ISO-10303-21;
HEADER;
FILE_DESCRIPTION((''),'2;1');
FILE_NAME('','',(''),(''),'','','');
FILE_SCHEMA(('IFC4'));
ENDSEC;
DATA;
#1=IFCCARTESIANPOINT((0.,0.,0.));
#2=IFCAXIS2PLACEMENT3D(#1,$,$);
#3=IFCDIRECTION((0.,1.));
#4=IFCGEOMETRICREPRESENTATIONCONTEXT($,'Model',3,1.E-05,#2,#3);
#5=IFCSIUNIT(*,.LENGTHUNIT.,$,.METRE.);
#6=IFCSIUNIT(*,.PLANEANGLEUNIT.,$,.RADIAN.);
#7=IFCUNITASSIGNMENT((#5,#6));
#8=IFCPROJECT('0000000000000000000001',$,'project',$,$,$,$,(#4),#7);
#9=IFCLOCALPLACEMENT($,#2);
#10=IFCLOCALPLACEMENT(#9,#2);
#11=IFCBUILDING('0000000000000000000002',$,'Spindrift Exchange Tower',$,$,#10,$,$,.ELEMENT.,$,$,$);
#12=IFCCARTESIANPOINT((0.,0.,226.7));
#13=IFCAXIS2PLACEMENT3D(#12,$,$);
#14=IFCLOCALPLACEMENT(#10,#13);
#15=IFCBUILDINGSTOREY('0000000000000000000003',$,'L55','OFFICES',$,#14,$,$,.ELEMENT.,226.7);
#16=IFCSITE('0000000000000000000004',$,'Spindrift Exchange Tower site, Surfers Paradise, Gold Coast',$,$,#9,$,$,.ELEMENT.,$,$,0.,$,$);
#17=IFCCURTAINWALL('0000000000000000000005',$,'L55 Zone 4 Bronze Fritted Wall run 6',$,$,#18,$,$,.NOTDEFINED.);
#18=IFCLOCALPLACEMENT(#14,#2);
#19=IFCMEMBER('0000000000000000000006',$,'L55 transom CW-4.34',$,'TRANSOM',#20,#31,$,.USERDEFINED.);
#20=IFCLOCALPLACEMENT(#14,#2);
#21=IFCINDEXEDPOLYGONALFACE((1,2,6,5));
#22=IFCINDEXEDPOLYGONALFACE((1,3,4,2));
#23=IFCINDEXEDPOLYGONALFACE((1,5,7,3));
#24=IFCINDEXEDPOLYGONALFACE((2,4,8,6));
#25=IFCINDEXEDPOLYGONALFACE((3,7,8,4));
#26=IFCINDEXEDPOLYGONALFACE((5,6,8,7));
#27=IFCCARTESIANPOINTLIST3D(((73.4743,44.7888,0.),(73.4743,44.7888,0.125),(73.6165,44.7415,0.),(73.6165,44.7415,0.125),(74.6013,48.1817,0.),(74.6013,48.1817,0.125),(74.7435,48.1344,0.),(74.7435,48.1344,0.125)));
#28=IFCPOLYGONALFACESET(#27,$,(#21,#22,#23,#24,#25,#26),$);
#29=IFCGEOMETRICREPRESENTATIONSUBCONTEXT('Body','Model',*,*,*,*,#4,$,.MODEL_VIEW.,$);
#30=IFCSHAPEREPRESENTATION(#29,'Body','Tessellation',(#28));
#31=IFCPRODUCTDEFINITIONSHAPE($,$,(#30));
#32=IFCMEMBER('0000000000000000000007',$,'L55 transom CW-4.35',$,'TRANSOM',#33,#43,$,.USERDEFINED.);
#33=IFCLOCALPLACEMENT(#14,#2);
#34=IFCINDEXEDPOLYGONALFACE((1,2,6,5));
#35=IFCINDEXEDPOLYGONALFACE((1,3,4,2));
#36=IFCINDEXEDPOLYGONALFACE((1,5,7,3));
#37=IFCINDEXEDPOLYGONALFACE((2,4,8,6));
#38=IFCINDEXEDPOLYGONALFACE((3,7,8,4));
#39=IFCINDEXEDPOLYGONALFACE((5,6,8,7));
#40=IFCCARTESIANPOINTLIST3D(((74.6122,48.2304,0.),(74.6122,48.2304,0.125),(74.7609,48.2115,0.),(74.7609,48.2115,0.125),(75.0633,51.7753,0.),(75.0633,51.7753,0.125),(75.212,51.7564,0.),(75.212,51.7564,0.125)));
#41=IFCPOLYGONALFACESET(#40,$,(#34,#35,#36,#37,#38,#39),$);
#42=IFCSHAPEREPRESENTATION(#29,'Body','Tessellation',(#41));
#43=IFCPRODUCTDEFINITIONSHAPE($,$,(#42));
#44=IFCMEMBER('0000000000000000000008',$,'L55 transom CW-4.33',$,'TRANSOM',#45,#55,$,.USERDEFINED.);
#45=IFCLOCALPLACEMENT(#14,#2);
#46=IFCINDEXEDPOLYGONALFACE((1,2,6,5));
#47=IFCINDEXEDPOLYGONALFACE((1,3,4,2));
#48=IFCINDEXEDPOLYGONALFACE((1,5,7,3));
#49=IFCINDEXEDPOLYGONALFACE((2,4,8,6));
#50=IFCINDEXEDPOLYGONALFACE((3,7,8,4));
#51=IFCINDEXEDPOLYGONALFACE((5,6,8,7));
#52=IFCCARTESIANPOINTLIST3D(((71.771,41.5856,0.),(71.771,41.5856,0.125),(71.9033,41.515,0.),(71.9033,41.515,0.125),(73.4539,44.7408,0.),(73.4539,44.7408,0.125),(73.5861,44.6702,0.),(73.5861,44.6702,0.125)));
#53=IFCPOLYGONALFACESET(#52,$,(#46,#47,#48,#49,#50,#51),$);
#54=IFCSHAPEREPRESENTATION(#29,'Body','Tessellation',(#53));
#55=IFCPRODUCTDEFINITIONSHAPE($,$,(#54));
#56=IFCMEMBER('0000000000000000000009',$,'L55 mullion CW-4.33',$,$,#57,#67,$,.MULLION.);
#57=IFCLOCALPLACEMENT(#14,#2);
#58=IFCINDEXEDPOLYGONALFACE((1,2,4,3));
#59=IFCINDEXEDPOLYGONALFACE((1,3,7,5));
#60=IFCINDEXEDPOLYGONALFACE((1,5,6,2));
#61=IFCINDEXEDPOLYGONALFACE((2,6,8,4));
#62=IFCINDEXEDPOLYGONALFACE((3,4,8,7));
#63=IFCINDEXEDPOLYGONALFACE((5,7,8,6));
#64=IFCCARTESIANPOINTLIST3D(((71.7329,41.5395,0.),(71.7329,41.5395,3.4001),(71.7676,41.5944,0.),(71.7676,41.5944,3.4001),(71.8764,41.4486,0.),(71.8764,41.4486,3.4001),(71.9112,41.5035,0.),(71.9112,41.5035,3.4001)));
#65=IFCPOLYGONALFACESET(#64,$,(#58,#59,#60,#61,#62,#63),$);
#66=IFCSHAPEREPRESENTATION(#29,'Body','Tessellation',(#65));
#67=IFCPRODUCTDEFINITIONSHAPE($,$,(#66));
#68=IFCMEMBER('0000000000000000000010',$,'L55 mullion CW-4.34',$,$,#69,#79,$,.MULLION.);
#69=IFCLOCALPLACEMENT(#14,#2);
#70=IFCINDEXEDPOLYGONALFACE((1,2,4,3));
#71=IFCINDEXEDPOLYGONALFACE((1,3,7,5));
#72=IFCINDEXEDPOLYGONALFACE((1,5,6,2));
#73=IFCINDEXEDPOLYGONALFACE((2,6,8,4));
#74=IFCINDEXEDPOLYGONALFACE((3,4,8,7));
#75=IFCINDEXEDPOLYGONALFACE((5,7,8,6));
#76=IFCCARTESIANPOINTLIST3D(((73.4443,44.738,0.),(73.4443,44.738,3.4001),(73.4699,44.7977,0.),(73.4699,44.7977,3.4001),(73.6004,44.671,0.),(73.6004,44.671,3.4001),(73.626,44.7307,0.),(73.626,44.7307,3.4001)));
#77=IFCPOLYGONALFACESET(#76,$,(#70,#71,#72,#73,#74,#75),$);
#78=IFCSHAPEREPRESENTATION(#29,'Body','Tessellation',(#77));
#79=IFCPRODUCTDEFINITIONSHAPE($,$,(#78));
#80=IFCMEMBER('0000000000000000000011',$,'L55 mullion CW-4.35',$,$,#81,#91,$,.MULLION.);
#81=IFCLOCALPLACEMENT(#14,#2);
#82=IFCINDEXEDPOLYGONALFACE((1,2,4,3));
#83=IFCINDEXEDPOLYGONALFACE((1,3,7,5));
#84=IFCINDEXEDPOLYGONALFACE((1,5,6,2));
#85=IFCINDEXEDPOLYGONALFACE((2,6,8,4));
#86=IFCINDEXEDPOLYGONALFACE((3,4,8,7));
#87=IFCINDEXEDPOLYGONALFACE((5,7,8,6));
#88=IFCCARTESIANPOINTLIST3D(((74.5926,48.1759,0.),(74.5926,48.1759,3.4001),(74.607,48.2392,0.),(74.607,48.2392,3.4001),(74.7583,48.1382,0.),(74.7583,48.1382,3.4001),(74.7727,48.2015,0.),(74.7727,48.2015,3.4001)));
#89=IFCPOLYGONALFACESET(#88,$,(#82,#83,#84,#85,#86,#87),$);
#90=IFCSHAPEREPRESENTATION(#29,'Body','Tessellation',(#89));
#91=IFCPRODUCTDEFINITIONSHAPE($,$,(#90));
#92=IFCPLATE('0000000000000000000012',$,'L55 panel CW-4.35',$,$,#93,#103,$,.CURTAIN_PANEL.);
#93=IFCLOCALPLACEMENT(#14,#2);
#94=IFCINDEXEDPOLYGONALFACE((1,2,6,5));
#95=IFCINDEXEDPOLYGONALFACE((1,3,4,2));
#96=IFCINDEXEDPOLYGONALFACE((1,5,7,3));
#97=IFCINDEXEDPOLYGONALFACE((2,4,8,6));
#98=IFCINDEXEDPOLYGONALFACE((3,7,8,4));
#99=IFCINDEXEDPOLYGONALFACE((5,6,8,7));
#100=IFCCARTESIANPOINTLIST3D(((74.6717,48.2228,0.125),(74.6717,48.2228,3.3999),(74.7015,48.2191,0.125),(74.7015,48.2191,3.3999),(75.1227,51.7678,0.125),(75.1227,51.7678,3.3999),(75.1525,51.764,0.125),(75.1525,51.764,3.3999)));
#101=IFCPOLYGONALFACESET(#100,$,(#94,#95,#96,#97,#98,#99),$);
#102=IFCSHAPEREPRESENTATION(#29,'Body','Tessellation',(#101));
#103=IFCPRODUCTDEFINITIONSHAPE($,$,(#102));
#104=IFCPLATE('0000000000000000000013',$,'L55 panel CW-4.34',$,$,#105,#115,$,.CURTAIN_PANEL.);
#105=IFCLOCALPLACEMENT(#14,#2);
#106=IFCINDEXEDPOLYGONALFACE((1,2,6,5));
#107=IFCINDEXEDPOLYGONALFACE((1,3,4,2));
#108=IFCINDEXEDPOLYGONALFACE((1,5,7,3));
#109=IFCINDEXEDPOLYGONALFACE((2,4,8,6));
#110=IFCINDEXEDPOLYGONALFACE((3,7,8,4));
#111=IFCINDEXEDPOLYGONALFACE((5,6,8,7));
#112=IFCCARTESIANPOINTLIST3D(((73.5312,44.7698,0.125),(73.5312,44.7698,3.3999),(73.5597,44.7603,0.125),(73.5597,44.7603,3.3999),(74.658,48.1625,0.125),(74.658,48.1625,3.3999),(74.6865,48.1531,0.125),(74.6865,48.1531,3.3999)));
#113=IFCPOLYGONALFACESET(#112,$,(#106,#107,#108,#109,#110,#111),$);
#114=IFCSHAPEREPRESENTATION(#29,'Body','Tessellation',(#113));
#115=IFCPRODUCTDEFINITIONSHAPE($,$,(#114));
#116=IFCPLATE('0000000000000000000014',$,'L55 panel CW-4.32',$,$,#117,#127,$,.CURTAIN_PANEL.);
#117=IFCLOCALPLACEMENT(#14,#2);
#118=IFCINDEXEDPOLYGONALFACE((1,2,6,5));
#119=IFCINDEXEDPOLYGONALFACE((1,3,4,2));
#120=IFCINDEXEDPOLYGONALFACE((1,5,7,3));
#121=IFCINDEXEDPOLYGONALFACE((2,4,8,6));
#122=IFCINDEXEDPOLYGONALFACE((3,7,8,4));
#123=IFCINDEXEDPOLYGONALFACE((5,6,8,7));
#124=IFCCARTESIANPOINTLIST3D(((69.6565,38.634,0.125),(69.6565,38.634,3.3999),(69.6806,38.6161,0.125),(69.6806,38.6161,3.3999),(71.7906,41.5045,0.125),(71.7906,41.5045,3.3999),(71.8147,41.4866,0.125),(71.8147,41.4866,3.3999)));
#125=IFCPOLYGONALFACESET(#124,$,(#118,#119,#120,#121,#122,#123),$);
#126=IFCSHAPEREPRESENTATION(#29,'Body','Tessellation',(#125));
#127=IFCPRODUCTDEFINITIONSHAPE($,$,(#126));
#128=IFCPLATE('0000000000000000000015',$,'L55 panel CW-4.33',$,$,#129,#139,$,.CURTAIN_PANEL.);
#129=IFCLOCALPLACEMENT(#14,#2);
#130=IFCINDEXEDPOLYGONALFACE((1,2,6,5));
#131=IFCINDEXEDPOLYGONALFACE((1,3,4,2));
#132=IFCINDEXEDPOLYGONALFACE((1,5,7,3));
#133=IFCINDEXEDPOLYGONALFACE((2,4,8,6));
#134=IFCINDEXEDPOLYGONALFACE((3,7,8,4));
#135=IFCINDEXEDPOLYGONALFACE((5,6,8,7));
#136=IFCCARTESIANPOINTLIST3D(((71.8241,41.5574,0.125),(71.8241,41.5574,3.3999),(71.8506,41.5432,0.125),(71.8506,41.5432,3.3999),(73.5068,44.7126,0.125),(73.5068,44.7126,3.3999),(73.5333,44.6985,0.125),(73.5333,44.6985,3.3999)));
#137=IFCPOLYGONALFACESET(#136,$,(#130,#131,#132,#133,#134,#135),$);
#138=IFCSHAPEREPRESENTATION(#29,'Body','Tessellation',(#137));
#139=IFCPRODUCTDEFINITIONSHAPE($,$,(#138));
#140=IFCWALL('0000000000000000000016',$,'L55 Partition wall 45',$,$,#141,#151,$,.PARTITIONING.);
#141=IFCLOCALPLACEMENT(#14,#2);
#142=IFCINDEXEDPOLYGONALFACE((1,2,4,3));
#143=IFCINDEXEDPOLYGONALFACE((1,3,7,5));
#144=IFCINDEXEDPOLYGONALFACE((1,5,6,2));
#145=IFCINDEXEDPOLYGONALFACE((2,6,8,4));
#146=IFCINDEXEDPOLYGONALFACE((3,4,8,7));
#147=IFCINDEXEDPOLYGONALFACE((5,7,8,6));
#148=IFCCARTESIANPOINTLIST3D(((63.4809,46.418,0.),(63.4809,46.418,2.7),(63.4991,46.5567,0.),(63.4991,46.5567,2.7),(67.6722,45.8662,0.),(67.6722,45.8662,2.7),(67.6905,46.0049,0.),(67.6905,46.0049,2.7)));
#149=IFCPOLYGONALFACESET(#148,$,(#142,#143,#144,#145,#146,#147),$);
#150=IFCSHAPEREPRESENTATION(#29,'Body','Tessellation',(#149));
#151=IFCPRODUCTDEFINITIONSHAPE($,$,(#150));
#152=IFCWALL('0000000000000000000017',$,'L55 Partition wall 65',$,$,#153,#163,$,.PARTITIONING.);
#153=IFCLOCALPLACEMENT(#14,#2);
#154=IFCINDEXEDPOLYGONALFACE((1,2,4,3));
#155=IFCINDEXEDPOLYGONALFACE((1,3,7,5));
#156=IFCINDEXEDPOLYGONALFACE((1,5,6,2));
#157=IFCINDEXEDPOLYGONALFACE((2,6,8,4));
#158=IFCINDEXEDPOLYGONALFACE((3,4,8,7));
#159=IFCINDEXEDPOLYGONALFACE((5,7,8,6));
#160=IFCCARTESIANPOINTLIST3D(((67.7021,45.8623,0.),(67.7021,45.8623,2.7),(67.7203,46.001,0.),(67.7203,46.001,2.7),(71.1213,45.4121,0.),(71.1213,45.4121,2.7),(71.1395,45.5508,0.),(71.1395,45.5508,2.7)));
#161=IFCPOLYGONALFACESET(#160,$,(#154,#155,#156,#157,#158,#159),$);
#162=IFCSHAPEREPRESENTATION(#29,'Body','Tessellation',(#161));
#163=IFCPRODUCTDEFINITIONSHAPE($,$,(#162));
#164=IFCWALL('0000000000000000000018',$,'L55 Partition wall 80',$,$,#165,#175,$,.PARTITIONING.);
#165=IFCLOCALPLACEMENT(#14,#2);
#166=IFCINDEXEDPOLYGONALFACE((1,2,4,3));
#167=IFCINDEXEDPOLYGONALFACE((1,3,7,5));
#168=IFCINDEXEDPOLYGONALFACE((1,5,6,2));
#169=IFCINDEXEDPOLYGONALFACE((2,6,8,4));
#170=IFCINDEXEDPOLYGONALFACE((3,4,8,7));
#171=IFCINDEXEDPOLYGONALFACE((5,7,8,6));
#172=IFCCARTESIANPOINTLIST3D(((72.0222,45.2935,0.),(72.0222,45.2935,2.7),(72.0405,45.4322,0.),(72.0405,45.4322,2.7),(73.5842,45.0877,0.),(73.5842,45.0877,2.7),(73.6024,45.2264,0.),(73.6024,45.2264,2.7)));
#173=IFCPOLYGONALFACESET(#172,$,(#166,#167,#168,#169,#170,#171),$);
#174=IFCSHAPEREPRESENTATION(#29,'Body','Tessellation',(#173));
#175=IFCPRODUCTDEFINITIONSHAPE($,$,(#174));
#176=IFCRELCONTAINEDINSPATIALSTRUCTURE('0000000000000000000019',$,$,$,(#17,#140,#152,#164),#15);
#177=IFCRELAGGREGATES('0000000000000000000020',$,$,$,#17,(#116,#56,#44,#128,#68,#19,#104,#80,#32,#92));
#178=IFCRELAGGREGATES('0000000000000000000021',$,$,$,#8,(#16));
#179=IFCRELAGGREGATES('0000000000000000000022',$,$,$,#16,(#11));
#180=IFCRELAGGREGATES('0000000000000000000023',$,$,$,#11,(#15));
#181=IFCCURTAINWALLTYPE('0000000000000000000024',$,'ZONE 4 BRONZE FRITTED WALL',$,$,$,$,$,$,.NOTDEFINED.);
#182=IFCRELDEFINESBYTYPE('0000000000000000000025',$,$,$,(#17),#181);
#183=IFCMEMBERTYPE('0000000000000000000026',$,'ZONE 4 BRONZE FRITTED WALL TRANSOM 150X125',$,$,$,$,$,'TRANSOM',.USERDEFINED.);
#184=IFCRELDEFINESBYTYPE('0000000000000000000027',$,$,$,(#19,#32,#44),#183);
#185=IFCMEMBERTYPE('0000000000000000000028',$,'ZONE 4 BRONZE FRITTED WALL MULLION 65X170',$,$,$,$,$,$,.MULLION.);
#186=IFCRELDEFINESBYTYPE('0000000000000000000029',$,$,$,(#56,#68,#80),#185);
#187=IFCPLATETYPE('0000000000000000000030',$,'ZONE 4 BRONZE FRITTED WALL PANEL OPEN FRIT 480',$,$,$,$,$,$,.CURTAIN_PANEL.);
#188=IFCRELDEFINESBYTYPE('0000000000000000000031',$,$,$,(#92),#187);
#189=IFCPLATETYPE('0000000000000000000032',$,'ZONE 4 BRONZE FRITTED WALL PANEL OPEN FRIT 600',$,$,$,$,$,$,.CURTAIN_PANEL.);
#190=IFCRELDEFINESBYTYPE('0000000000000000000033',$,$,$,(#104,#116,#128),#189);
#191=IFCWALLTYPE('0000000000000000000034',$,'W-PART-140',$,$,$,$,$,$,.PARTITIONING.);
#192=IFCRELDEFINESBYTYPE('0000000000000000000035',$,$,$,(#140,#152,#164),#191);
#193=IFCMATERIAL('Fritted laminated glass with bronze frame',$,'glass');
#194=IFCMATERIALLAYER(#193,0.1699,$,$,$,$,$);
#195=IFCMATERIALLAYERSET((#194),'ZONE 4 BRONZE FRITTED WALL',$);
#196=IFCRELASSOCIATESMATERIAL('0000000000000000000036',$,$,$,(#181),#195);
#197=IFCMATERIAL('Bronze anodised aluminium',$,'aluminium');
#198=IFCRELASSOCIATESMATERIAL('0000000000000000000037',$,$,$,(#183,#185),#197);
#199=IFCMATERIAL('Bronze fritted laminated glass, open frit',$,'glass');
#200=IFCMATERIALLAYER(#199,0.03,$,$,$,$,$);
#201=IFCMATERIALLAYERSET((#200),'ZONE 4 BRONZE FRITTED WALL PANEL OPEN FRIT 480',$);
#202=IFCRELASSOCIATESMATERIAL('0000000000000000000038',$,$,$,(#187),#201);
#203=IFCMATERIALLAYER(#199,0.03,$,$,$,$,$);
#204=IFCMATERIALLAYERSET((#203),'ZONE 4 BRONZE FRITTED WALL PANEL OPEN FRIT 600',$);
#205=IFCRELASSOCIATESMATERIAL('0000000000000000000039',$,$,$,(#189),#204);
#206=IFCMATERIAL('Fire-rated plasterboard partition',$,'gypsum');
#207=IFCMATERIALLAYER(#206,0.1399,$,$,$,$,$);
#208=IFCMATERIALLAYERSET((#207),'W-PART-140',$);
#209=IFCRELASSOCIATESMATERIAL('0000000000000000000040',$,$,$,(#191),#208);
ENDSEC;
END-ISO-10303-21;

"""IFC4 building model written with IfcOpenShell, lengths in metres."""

from ifc_helpers import new_model, si_unit, direction, frame, frame_2d, origin, origin_2d, place, context, subcontext, project, spatial, rectangle, extrude, source, transform, mapped, material, layer, layer_set, material_profile, profile_set, type_object, element, aggregate, save


model = new_model("IFC4")

# Units and contexts
model_context = context("Model", 3, precision=1e-05, world=origin(), true_north=direction((0.0, 1.0)))
body_context = subcontext(model_context, "Body", "Model", "MODEL_VIEW")
ifc_project = project(units=[si_unit("LENGTHUNIT", "METRE"), si_unit("PLANEANGLEUNIT", "RADIAN")], contexts=[model_context])

# Site, building, storey
site_placement = place(None, origin())
site = spatial("IfcSite", under=ifc_project, at=site_placement, Name="Spindrift Exchange Tower site, Surfers Paradise, Gold Coast", CompositionType="ELEMENT", RefElevation=0.0)
building_placement = place(site_placement, origin())
building = spatial("IfcBuilding", under=site, at=building_placement, Name="Spindrift Exchange Tower", CompositionType="ELEMENT")
storey_placement = place(building_placement, frame((0.0, 0.0, 226.7)))
storey = spatial("IfcBuildingStorey", under=building, at=storey_placement, Name="L55", Description="OFFICES", CompositionType="ELEMENT", Elevation=226.7)

# Curtain wall, members, plates
ifc_material_1 = material(Name="Fritted laminated glass with bronze frame", Category="glass")
ifc_layer_1 = layer(ifc_material_1, 0.1699)
ifc_layer_set_1 = layer_set([ifc_layer_1], Name="ZONE 4 BRONZE FRITTED WALL")
curtain_wall_type = type_object("IfcCurtainWallType", Name="ZONE 4 BRONZE FRITTED WALL", PredefinedType="NOTDEFINED", material=ifc_layer_set_1)
curtain_wall_placement = place(storey_placement, origin())
curtain_wall = element("IfcCurtainWall", 1, at=curtain_wall_placement, inside=storey, type_object=curtain_wall_type, Name="L55 Zone 4 Bronze Fritted Wall run 6", PredefinedType="NOTDEFINED")
ifc_material_2 = material(Name="Bronze anodised aluminium", Category="aluminium")
ifc_material_profile_1 = material_profile(ifc_material_2, rectangle(XDim=0.1499, YDim=0.125, at=origin_2d()), Name="ZONE 4 BRONZE FRITTED WALL TRANSOM 150X125")
ifc_profile_set_1 = profile_set([ifc_material_profile_1], Name="Bronze anodised aluminium")
member_type_1 = type_object("IfcMemberType", Name="ZONE 4 BRONZE FRITTED WALL TRANSOM 150X125", ElementType="TRANSOM", PredefinedType="USERDEFINED", material=ifc_profile_set_1)
shared_shape_1 = source(origin(), body_context, "Body", "SweptSolid", [
    extrude(rectangle(XDim=0.1499, YDim=0.125, at=origin_2d()), origin(), (0.0, 0.0, 1.0), 3.5752),
])
member_1_placement = place(storey_placement, frame((73.5454, 44.7651, 0.0625), z_axis=(0.315224, 0.949017, 0.0), x_axis=(-0.949017, 0.315224, 0.0)))
member_1 = element("IfcMember", 2, at=member_1_placement, type_object=member_type_1, Name="L55 transom CW-4.34", ObjectType="TRANSOM", PredefinedType="USERDEFINED", context=body_context, shape_type="MappedRepresentation", body=[
    mapped(shared_shape_1, transform((0.0, 0.0, 0.0), scale=1.0)),
])
shared_shape_2 = source(origin(), body_context, "Body", "SweptSolid", [
    extrude(rectangle(XDim=0.1499, YDim=0.125, at=origin_2d()), origin(), (0.0, 0.0, 1.0), 3.5735),
])
member_2_placement = place(storey_placement, frame((74.6865, 48.2209, 0.0625), z_axis=(0.126254, 0.991998, 0.0), x_axis=(-0.991998, 0.126254, 0.0)))
member_2 = element("IfcMember", 3, at=member_2_placement, type_object=member_type_1, Name="L55 transom CW-4.35", ObjectType="TRANSOM", PredefinedType="USERDEFINED", context=body_context, shape_type="MappedRepresentation", body=[
    mapped(shared_shape_2, transform((0.0, 0.0, 0.0), scale=1.0)),
])
shared_shape_3 = source(origin(), body_context, "Body", "SweptSolid", [
    extrude(rectangle(XDim=0.1499, YDim=0.125, at=origin_2d()), origin(), (0.0, 0.0, 1.0), 3.5759),
])
member_3_placement = place(storey_placement, frame((71.8372, 41.5503, 0.0625), z_axis=(0.470599, 0.882347, 0.0), x_axis=(-0.882347, 0.470599, 0.0)))
member_3 = element("IfcMember", 4, at=member_3_placement, type_object=member_type_1, Name="L55 transom CW-4.33", ObjectType="TRANSOM", PredefinedType="USERDEFINED", context=body_context, shape_type="MappedRepresentation", body=[
    mapped(shared_shape_3, transform((0.0, 0.0, 0.0), scale=1.0)),
])
ifc_material_profile_2 = material_profile(ifc_material_2, rectangle(XDim=0.0649, YDim=0.1699, at=origin_2d()), Name="ZONE 4 BRONZE FRITTED WALL MULLION 65X170")
ifc_profile_set_2 = profile_set([ifc_material_profile_2], Name="Bronze anodised aluminium")
member_type_2 = type_object("IfcMemberType", Name="ZONE 4 BRONZE FRITTED WALL MULLION 65X170", PredefinedType="MULLION", material=ifc_profile_set_2)
shared_shape_4 = source(origin(), body_context, "Body", "SweptSolid", [
    extrude(rectangle(XDim=0.0649, YDim=0.1699, at=origin_2d()), origin(), (0.0, 0.0, 1.0), 3.4001),
])
member_4_placement = place(storey_placement, frame((71.822, 41.5215, 0.0), z_axis=(0.0, 0.0, 1.0), x_axis=(0.535088, 0.844796, 0.0)))
member_4 = element("IfcMember", 5, at=member_4_placement, type_object=member_type_2, Name="L55 mullion CW-4.33", PredefinedType="MULLION", context=body_context, shape_type="MappedRepresentation", body=[
    mapped(shared_shape_4, transform((0.0, 0.0, 0.0), scale=1.0)),
])
member_5_placement = place(storey_placement, frame((73.5352, 44.7344, 0.0), z_axis=(0.0, 0.0, 1.0), x_axis=(0.394289, 0.918987, 0.0)))
member_5 = element("IfcMember", 6, at=member_5_placement, type_object=member_type_2, Name="L55 mullion CW-4.34", PredefinedType="MULLION", context=body_context, shape_type="MappedRepresentation", body=[
    mapped(shared_shape_4, transform((0.0, 0.0, 0.0), scale=1.0)),
])
member_6_placement = place(storey_placement, frame((74.6826, 48.1887, 0.0), z_axis=(0.0, 0.0, 1.0), x_axis=(0.221747, 0.975104, 0.0)))
member_6 = element("IfcMember", 7, at=member_6_placement, type_object=member_type_2, Name="L55 mullion CW-4.35", PredefinedType="MULLION", context=body_context, shape_type="MappedRepresentation", body=[
    mapped(shared_shape_4, transform((0.0, 0.0, 0.0), scale=1.0)),
])
ifc_material_3 = material(Name="Bronze fritted laminated glass, open frit", Category="glass")
ifc_layer_2 = layer(ifc_material_3, 0.03)
ifc_layer_set_2 = layer_set([ifc_layer_2], Name="ZONE 4 BRONZE FRITTED WALL PANEL OPEN FRIT 480")
plate_type_1 = type_object("IfcPlateType", Name="ZONE 4 BRONZE FRITTED WALL PANEL OPEN FRIT 480", PredefinedType="CURTAIN_PANEL", material=ifc_layer_set_2)
shared_shape_5 = source(origin(), body_context, "Body", "SweptSolid", [
    extrude(rectangle(XDim=3.5735, YDim=0.03, at=origin_2d()), origin(), (0.0, 0.0, 1.0), 3.2749),
])
plate_1_placement = place(storey_placement, frame((74.9121, 49.9934, 0.125), z_axis=(0.0, 0.0, 1.0), x_axis=(0.126209, 0.992004, 0.0)))
plate_1 = element("IfcPlate", 8, at=plate_1_placement, type_object=plate_type_1, Name="L55 panel CW-4.35", PredefinedType="CURTAIN_PANEL", context=body_context, shape_type="MappedRepresentation", body=[
    mapped(shared_shape_5, transform((0.0, 0.0, 0.0), scale=1.0)),
])
ifc_layer_3 = layer(ifc_material_3, 0.03)
ifc_layer_set_3 = layer_set([ifc_layer_3], Name="ZONE 4 BRONZE FRITTED WALL PANEL OPEN FRIT 600")
plate_type_2 = type_object("IfcPlateType", Name="ZONE 4 BRONZE FRITTED WALL PANEL OPEN FRIT 600", PredefinedType="CURTAIN_PANEL", material=ifc_layer_set_3)
shared_shape_6 = source(origin(), body_context, "Body", "SweptSolid", [
    extrude(rectangle(XDim=3.575, YDim=0.03, at=origin_2d()), origin(), (0.0, 0.0, 1.0), 3.2749),
])
plate_2_placement = place(storey_placement, frame((74.1089, 46.4614, 0.125), z_axis=(0.0, 0.0, 1.0), x_axis=(0.315197, 0.949026, 0.0)))
plate_2 = element("IfcPlate", 9, at=plate_2_placement, type_object=plate_type_2, Name="L55 panel CW-4.34", PredefinedType="CURTAIN_PANEL", context=body_context, shape_type="MappedRepresentation", body=[
    mapped(shared_shape_6, transform((0.0, 0.0, 0.0), scale=1.0)),
])
shared_shape_7 = source(origin(), body_context, "Body", "SweptSolid", [
    extrude(rectangle(XDim=3.5769, YDim=0.03, at=origin_2d()), origin(), (0.0, 0.0, 1.0), 3.2749),
])
plate_3_placement = place(storey_placement, frame((70.7356, 40.0603, 0.125), z_axis=(0.0, 0.0, 1.0), x_axis=(0.596634, 0.802514, 0.0)))
plate_3 = element("IfcPlate", 10, at=plate_3_placement, type_object=plate_type_2, Name="L55 panel CW-4.32", PredefinedType="CURTAIN_PANEL", context=body_context, shape_type="MappedRepresentation", body=[
    mapped(shared_shape_7, transform((0.0, 0.0, 0.0), scale=1.0)),
])
shared_shape_8 = source(origin(), body_context, "Body", "SweptSolid", [
    extrude(rectangle(XDim=3.5759, YDim=0.03, at=origin_2d()), origin(), (0.0, 0.0, 1.0), 3.2749),
])
plate_4_placement = place(storey_placement, frame((72.6787, 43.1279, 0.125), z_axis=(0.0, 0.0, 1.0), x_axis=(0.470558, 0.882369, 0.0)))
plate_4 = element("IfcPlate", 11, at=plate_4_placement, type_object=plate_type_2, Name="L55 panel CW-4.33", PredefinedType="CURTAIN_PANEL", context=body_context, shape_type="MappedRepresentation", body=[
    mapped(shared_shape_8, transform((0.0, 0.0, 0.0), scale=1.0)),
])
aggregate(curtain_wall, [plate_3, member_4, member_3, plate_4, member_5, member_1, plate_2, member_6, member_2, plate_1])

# Walls
ifc_material_4 = material(Name="Fire-rated plasterboard partition", Category="gypsum")
ifc_layer_4 = layer(ifc_material_4, 0.1399)
ifc_layer_set_4 = layer_set([ifc_layer_4], Name="W-PART-140")
wall_type = type_object("IfcWallType", Name="W-PART-140", PredefinedType="PARTITIONING", material=ifc_layer_set_4)
wall_1_placement = place(storey_placement, frame((63.49, 46.4873, 0.0), z_axis=(0.0, 0.0, 1.0), x_axis=(0.991446, -0.130514, 0.0)))
element("IfcWall", 12, at=wall_1_placement, inside=storey, type_object=wall_type, Name="L55 Partition wall 45", PredefinedType="PARTITIONING", context=body_context, shape_type="SweptSolid", body=[
    extrude(rectangle(XDim=4.2275, YDim=0.1399, at=frame_2d((2.1138, 0.0))), origin(), (0.0, 0.0, 1.0), 2.7),
])
wall_2_placement = place(storey_placement, frame((67.7112, 45.9316, 0.0), z_axis=(0.0, 0.0, 1.0), x_axis=(0.991443, -0.130541, 0.0)))
element("IfcWall", 13, at=wall_2_placement, inside=storey, type_object=wall_type, Name="L55 Partition wall 65", PredefinedType="PARTITIONING", context=body_context, shape_type="SweptSolid", body=[
    extrude(rectangle(XDim=3.4487, YDim=0.1399, at=frame_2d((1.7244, 0.0))), origin(), (0.0, 0.0, 1.0), 2.7),
])
wall_3_placement = place(storey_placement, frame((72.0315, 45.3628, 0.0), z_axis=(0.0, 0.0, 1.0), x_axis=(0.991431, -0.130631, 0.0)))
element("IfcWall", 14, at=wall_3_placement, inside=storey, type_object=wall_type, Name="L55 Partition wall 80", PredefinedType="PARTITIONING", context=body_context, shape_type="SweptSolid", body=[
    extrude(rectangle(XDim=1.5754, YDim=0.1399, at=frame_2d((0.7876, 0.0))), origin(), (0.0, 0.0, 1.0), 2.7),
])

save(model, "model.ifc")
